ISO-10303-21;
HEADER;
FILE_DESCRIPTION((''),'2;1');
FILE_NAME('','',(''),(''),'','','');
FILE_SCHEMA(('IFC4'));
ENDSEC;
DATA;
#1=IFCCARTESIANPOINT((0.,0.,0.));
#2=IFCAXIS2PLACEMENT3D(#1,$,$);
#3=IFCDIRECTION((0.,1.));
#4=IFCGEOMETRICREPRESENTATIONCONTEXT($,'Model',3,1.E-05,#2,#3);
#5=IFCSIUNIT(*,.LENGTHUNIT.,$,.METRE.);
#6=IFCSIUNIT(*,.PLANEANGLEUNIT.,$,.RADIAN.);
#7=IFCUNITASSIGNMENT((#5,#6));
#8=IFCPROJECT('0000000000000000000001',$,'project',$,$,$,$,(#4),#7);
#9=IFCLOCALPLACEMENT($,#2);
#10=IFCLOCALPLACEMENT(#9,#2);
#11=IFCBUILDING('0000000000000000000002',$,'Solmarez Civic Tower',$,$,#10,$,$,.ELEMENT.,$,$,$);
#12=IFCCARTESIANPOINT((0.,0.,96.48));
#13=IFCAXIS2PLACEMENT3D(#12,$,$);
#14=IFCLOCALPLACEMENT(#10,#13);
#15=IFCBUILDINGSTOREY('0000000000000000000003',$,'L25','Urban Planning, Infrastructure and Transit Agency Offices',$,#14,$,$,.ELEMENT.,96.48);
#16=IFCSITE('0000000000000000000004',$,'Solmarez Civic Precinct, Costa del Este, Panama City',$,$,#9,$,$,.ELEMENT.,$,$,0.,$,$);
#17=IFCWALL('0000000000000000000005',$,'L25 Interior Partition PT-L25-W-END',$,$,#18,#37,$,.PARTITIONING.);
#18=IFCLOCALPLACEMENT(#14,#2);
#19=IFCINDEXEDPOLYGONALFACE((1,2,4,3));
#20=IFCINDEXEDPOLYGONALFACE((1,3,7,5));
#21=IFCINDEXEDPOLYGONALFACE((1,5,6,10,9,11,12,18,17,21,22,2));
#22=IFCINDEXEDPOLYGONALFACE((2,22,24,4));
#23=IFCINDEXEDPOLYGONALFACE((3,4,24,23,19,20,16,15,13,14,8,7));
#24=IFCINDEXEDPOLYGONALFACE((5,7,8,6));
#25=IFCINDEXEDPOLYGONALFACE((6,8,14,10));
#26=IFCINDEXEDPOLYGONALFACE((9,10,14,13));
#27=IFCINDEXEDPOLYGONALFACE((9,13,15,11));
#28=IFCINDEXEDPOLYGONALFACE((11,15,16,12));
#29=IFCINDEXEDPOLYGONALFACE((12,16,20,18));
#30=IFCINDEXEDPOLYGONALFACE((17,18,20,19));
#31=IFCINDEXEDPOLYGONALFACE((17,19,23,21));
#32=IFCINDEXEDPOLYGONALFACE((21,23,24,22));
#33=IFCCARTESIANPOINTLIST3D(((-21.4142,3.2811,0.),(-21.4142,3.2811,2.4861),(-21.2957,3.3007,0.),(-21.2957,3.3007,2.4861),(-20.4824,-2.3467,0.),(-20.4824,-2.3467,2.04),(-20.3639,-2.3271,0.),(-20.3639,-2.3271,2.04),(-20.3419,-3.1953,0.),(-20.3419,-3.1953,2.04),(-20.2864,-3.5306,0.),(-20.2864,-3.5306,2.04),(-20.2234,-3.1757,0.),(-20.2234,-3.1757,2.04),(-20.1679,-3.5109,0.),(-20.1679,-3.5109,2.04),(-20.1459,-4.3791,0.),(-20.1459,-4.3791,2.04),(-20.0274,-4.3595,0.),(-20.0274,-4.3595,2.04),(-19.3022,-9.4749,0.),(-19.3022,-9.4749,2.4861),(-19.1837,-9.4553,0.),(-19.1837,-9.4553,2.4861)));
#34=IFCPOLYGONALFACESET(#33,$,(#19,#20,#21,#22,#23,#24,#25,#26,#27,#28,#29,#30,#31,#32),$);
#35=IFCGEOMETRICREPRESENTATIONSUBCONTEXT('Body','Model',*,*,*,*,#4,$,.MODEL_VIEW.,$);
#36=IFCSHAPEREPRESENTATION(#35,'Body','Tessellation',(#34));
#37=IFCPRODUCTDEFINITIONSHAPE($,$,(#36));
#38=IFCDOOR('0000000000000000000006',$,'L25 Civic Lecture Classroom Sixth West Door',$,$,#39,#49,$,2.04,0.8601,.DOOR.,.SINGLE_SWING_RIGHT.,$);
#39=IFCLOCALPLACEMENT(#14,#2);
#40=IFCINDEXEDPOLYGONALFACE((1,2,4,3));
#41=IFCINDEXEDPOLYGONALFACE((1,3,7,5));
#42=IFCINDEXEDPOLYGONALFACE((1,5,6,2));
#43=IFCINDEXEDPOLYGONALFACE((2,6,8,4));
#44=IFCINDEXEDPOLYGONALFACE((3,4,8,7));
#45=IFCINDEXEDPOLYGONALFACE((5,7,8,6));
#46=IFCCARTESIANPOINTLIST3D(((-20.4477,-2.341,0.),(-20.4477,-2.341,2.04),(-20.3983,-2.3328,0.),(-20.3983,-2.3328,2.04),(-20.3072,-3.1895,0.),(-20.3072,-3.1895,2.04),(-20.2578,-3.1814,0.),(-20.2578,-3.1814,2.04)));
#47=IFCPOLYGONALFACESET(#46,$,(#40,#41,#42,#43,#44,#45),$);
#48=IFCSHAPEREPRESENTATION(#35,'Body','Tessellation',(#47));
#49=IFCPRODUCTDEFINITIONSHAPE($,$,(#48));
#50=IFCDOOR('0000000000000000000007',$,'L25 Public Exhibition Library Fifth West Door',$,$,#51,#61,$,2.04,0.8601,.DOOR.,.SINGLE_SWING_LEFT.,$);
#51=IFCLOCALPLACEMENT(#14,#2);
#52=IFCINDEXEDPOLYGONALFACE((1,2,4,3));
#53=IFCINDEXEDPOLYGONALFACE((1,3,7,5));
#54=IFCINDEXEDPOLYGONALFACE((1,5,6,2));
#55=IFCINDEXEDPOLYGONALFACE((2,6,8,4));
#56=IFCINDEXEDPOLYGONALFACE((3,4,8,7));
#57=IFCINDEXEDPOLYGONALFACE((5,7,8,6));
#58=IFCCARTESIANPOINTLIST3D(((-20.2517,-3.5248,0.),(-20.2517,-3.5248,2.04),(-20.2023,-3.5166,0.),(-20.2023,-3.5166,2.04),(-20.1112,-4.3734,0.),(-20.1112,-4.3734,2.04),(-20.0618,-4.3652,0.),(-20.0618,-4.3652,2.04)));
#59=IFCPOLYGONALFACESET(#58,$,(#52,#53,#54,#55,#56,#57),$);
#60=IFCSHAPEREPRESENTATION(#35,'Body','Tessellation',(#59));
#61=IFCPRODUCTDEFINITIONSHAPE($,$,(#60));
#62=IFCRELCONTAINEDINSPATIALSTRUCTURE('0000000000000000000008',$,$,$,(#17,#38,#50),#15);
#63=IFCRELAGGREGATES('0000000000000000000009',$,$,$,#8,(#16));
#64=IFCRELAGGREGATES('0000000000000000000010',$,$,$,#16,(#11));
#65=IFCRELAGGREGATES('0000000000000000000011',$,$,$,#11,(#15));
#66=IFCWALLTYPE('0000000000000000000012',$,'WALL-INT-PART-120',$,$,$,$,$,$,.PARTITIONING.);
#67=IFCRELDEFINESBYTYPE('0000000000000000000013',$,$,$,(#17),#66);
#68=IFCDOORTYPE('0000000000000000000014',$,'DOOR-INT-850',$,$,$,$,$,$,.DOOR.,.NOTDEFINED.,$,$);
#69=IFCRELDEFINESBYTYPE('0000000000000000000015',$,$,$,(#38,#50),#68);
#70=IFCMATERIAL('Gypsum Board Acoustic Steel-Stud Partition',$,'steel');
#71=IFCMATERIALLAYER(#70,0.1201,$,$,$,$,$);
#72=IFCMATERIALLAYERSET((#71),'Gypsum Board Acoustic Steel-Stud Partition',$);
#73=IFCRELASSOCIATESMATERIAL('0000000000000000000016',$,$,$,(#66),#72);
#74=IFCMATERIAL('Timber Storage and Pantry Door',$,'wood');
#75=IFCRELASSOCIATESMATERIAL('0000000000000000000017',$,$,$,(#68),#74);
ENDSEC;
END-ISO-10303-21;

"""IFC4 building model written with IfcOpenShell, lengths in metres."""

from ifc_helpers import new_model, si_unit, direction, frame, frame_2d, origin, place, context, subcontext, project, spatial, rectangle, extrude, material, layer, layer_set, type_object, element, fill, save


model = new_model("IFC4")

# Units and contexts
model_context = context("Model", 3, precision=1e-05, world=origin(), true_north=direction((0.0, 1.0)))
body_context = subcontext(model_context, "Body", "Model", "MODEL_VIEW")
ifc_project = project(units=[si_unit("LENGTHUNIT", "METRE"), si_unit("PLANEANGLEUNIT", "RADIAN")], contexts=[model_context])

# Site, building, storey
site_placement = place(None, origin())
site = spatial("IfcSite", under=ifc_project, at=site_placement, Name="Solmarez Civic Precinct, Costa del Este, Panama City", CompositionType="ELEMENT", RefElevation=0.0)
building_placement = place(site_placement, origin())
building = spatial("IfcBuilding", under=site, at=building_placement, Name="Solmarez Civic Tower", CompositionType="ELEMENT")
storey_placement = place(building_placement, frame((0.0, 0.0, 96.48)))
storey = spatial("IfcBuildingStorey", under=building, at=storey_placement, Name="L25", Description="Urban Planning, Infrastructure and Transit Agency Offices", CompositionType="ELEMENT", Elevation=96.48)

# Shared definitions
ifc_material_1 = material(Name="Gypsum Board Acoustic Steel-Stud Partition", Category="steel")
ifc_layer_1 = layer(ifc_material_1, 0.1201)
ifc_layer_set_1 = layer_set([ifc_layer_1], Name="Gypsum Board Acoustic Steel-Stud Partition")
wall_type_1 = type_object("IfcWallType", Name="WALL-INT-PART-120", PredefinedType="PARTITIONING", material=ifc_layer_set_1)

# Shared definitions
ifc_material_2 = material(Name="Timber Storage and Pantry Door", Category="wood")
door_type = type_object("IfcDoorType", Name="DOOR-INT-850", OperationType="NOTDEFINED", PredefinedType="DOOR", material=ifc_material_2)

# Wall, openings, doors
wall_1_placement = place(storey_placement, frame((-19.2429, -9.4651, 0.0), z_axis=(0.0, 0.0, 1.0), x_axis=(-0.163349, 0.986568, 0.0)))
wall_1 = element("IfcWall", 1, at=wall_1_placement, inside=storey, type_object=wall_type_1, Name="L25 Interior Partition PT-L25-W-END", PredefinedType="PARTITIONING", context=body_context, shape_type="SweptSolid", body=[
    extrude(rectangle(XDim=12.9297, YDim=0.1201, at=frame_2d((6.4648, 0.0))), origin(), (0.0, 0.0, 1.0), 2.4861),
])
opening_1_placement = place(wall_1_placement, frame((6.365, 0.0, 0.0)))
opening_1 = element("IfcOpeningElement", 2, at=opening_1_placement, cuts=wall_1, PredefinedType="OPENING", context=body_context, shape_type="SweptSolid", body=[
    extrude(rectangle(XDim=0.8601, YDim=2.04, at=frame_2d((0.4302, 1.02))), frame((0.0, 0.0701, 0.0), z_axis=(0.0, -1.0, 0.0), x_axis=(1.0, 0.0, 0.0)), (0.0, 0.0, 1.0), 0.1401),
])
opening_2_placement = place(wall_1_placement, frame((5.165, 0.0, 0.0)))
opening_2 = element("IfcOpeningElement", 3, at=opening_2_placement, cuts=wall_1, PredefinedType="OPENING", context=body_context, shape_type="SweptSolid", body=[
    extrude(rectangle(XDim=0.8601, YDim=2.04, at=frame_2d((0.4302, 1.02))), frame((0.0, 0.0701, 0.0), z_axis=(0.0, -1.0, 0.0), x_axis=(1.0, 0.0, 0.0)), (0.0, 0.0, 1.0), 0.1401),
])
door_1_placement = place(opening_1_placement, origin())
door_1 = element("IfcDoor", 4, at=door_1_placement, inside=storey, type_object=door_type, Name="L25 Civic Lecture Classroom Sixth West Door", OperationType="SINGLE_SWING_RIGHT", OverallHeight=2.04, OverallWidth=0.8601, PredefinedType="DOOR", context=body_context, shape_type="SweptSolid", body=[
    extrude(rectangle(XDim=0.8601, YDim=2.04, at=frame_2d((0.4302, 1.02))), frame((0.0, 0.0249, 0.0), z_axis=(0.0, -1.0, 0.0), x_axis=(1.0, 0.0, 0.0)), (0.0, 0.0, 1.0), 0.05),
])
fill(opening_1, door_1)
door_2_placement = place(opening_2_placement, origin())
door_2 = element("IfcDoor", 5, at=door_2_placement, inside=storey, type_object=door_type, Name="L25 Public Exhibition Library Fifth West Door", OperationType="SINGLE_SWING_LEFT", OverallHeight=2.04, OverallWidth=0.8601, PredefinedType="DOOR", context=body_context, shape_type="SweptSolid", body=[
    extrude(rectangle(XDim=0.8601, YDim=2.04, at=frame_2d((0.4302, 1.02))), frame((0.0, 0.0249, 0.0), z_axis=(0.0, -1.0, 0.0), x_axis=(1.0, 0.0, 0.0)), (0.0, 0.0, 1.0), 0.05),
])
fill(opening_2, door_2)

save(model, "model.ifc")
